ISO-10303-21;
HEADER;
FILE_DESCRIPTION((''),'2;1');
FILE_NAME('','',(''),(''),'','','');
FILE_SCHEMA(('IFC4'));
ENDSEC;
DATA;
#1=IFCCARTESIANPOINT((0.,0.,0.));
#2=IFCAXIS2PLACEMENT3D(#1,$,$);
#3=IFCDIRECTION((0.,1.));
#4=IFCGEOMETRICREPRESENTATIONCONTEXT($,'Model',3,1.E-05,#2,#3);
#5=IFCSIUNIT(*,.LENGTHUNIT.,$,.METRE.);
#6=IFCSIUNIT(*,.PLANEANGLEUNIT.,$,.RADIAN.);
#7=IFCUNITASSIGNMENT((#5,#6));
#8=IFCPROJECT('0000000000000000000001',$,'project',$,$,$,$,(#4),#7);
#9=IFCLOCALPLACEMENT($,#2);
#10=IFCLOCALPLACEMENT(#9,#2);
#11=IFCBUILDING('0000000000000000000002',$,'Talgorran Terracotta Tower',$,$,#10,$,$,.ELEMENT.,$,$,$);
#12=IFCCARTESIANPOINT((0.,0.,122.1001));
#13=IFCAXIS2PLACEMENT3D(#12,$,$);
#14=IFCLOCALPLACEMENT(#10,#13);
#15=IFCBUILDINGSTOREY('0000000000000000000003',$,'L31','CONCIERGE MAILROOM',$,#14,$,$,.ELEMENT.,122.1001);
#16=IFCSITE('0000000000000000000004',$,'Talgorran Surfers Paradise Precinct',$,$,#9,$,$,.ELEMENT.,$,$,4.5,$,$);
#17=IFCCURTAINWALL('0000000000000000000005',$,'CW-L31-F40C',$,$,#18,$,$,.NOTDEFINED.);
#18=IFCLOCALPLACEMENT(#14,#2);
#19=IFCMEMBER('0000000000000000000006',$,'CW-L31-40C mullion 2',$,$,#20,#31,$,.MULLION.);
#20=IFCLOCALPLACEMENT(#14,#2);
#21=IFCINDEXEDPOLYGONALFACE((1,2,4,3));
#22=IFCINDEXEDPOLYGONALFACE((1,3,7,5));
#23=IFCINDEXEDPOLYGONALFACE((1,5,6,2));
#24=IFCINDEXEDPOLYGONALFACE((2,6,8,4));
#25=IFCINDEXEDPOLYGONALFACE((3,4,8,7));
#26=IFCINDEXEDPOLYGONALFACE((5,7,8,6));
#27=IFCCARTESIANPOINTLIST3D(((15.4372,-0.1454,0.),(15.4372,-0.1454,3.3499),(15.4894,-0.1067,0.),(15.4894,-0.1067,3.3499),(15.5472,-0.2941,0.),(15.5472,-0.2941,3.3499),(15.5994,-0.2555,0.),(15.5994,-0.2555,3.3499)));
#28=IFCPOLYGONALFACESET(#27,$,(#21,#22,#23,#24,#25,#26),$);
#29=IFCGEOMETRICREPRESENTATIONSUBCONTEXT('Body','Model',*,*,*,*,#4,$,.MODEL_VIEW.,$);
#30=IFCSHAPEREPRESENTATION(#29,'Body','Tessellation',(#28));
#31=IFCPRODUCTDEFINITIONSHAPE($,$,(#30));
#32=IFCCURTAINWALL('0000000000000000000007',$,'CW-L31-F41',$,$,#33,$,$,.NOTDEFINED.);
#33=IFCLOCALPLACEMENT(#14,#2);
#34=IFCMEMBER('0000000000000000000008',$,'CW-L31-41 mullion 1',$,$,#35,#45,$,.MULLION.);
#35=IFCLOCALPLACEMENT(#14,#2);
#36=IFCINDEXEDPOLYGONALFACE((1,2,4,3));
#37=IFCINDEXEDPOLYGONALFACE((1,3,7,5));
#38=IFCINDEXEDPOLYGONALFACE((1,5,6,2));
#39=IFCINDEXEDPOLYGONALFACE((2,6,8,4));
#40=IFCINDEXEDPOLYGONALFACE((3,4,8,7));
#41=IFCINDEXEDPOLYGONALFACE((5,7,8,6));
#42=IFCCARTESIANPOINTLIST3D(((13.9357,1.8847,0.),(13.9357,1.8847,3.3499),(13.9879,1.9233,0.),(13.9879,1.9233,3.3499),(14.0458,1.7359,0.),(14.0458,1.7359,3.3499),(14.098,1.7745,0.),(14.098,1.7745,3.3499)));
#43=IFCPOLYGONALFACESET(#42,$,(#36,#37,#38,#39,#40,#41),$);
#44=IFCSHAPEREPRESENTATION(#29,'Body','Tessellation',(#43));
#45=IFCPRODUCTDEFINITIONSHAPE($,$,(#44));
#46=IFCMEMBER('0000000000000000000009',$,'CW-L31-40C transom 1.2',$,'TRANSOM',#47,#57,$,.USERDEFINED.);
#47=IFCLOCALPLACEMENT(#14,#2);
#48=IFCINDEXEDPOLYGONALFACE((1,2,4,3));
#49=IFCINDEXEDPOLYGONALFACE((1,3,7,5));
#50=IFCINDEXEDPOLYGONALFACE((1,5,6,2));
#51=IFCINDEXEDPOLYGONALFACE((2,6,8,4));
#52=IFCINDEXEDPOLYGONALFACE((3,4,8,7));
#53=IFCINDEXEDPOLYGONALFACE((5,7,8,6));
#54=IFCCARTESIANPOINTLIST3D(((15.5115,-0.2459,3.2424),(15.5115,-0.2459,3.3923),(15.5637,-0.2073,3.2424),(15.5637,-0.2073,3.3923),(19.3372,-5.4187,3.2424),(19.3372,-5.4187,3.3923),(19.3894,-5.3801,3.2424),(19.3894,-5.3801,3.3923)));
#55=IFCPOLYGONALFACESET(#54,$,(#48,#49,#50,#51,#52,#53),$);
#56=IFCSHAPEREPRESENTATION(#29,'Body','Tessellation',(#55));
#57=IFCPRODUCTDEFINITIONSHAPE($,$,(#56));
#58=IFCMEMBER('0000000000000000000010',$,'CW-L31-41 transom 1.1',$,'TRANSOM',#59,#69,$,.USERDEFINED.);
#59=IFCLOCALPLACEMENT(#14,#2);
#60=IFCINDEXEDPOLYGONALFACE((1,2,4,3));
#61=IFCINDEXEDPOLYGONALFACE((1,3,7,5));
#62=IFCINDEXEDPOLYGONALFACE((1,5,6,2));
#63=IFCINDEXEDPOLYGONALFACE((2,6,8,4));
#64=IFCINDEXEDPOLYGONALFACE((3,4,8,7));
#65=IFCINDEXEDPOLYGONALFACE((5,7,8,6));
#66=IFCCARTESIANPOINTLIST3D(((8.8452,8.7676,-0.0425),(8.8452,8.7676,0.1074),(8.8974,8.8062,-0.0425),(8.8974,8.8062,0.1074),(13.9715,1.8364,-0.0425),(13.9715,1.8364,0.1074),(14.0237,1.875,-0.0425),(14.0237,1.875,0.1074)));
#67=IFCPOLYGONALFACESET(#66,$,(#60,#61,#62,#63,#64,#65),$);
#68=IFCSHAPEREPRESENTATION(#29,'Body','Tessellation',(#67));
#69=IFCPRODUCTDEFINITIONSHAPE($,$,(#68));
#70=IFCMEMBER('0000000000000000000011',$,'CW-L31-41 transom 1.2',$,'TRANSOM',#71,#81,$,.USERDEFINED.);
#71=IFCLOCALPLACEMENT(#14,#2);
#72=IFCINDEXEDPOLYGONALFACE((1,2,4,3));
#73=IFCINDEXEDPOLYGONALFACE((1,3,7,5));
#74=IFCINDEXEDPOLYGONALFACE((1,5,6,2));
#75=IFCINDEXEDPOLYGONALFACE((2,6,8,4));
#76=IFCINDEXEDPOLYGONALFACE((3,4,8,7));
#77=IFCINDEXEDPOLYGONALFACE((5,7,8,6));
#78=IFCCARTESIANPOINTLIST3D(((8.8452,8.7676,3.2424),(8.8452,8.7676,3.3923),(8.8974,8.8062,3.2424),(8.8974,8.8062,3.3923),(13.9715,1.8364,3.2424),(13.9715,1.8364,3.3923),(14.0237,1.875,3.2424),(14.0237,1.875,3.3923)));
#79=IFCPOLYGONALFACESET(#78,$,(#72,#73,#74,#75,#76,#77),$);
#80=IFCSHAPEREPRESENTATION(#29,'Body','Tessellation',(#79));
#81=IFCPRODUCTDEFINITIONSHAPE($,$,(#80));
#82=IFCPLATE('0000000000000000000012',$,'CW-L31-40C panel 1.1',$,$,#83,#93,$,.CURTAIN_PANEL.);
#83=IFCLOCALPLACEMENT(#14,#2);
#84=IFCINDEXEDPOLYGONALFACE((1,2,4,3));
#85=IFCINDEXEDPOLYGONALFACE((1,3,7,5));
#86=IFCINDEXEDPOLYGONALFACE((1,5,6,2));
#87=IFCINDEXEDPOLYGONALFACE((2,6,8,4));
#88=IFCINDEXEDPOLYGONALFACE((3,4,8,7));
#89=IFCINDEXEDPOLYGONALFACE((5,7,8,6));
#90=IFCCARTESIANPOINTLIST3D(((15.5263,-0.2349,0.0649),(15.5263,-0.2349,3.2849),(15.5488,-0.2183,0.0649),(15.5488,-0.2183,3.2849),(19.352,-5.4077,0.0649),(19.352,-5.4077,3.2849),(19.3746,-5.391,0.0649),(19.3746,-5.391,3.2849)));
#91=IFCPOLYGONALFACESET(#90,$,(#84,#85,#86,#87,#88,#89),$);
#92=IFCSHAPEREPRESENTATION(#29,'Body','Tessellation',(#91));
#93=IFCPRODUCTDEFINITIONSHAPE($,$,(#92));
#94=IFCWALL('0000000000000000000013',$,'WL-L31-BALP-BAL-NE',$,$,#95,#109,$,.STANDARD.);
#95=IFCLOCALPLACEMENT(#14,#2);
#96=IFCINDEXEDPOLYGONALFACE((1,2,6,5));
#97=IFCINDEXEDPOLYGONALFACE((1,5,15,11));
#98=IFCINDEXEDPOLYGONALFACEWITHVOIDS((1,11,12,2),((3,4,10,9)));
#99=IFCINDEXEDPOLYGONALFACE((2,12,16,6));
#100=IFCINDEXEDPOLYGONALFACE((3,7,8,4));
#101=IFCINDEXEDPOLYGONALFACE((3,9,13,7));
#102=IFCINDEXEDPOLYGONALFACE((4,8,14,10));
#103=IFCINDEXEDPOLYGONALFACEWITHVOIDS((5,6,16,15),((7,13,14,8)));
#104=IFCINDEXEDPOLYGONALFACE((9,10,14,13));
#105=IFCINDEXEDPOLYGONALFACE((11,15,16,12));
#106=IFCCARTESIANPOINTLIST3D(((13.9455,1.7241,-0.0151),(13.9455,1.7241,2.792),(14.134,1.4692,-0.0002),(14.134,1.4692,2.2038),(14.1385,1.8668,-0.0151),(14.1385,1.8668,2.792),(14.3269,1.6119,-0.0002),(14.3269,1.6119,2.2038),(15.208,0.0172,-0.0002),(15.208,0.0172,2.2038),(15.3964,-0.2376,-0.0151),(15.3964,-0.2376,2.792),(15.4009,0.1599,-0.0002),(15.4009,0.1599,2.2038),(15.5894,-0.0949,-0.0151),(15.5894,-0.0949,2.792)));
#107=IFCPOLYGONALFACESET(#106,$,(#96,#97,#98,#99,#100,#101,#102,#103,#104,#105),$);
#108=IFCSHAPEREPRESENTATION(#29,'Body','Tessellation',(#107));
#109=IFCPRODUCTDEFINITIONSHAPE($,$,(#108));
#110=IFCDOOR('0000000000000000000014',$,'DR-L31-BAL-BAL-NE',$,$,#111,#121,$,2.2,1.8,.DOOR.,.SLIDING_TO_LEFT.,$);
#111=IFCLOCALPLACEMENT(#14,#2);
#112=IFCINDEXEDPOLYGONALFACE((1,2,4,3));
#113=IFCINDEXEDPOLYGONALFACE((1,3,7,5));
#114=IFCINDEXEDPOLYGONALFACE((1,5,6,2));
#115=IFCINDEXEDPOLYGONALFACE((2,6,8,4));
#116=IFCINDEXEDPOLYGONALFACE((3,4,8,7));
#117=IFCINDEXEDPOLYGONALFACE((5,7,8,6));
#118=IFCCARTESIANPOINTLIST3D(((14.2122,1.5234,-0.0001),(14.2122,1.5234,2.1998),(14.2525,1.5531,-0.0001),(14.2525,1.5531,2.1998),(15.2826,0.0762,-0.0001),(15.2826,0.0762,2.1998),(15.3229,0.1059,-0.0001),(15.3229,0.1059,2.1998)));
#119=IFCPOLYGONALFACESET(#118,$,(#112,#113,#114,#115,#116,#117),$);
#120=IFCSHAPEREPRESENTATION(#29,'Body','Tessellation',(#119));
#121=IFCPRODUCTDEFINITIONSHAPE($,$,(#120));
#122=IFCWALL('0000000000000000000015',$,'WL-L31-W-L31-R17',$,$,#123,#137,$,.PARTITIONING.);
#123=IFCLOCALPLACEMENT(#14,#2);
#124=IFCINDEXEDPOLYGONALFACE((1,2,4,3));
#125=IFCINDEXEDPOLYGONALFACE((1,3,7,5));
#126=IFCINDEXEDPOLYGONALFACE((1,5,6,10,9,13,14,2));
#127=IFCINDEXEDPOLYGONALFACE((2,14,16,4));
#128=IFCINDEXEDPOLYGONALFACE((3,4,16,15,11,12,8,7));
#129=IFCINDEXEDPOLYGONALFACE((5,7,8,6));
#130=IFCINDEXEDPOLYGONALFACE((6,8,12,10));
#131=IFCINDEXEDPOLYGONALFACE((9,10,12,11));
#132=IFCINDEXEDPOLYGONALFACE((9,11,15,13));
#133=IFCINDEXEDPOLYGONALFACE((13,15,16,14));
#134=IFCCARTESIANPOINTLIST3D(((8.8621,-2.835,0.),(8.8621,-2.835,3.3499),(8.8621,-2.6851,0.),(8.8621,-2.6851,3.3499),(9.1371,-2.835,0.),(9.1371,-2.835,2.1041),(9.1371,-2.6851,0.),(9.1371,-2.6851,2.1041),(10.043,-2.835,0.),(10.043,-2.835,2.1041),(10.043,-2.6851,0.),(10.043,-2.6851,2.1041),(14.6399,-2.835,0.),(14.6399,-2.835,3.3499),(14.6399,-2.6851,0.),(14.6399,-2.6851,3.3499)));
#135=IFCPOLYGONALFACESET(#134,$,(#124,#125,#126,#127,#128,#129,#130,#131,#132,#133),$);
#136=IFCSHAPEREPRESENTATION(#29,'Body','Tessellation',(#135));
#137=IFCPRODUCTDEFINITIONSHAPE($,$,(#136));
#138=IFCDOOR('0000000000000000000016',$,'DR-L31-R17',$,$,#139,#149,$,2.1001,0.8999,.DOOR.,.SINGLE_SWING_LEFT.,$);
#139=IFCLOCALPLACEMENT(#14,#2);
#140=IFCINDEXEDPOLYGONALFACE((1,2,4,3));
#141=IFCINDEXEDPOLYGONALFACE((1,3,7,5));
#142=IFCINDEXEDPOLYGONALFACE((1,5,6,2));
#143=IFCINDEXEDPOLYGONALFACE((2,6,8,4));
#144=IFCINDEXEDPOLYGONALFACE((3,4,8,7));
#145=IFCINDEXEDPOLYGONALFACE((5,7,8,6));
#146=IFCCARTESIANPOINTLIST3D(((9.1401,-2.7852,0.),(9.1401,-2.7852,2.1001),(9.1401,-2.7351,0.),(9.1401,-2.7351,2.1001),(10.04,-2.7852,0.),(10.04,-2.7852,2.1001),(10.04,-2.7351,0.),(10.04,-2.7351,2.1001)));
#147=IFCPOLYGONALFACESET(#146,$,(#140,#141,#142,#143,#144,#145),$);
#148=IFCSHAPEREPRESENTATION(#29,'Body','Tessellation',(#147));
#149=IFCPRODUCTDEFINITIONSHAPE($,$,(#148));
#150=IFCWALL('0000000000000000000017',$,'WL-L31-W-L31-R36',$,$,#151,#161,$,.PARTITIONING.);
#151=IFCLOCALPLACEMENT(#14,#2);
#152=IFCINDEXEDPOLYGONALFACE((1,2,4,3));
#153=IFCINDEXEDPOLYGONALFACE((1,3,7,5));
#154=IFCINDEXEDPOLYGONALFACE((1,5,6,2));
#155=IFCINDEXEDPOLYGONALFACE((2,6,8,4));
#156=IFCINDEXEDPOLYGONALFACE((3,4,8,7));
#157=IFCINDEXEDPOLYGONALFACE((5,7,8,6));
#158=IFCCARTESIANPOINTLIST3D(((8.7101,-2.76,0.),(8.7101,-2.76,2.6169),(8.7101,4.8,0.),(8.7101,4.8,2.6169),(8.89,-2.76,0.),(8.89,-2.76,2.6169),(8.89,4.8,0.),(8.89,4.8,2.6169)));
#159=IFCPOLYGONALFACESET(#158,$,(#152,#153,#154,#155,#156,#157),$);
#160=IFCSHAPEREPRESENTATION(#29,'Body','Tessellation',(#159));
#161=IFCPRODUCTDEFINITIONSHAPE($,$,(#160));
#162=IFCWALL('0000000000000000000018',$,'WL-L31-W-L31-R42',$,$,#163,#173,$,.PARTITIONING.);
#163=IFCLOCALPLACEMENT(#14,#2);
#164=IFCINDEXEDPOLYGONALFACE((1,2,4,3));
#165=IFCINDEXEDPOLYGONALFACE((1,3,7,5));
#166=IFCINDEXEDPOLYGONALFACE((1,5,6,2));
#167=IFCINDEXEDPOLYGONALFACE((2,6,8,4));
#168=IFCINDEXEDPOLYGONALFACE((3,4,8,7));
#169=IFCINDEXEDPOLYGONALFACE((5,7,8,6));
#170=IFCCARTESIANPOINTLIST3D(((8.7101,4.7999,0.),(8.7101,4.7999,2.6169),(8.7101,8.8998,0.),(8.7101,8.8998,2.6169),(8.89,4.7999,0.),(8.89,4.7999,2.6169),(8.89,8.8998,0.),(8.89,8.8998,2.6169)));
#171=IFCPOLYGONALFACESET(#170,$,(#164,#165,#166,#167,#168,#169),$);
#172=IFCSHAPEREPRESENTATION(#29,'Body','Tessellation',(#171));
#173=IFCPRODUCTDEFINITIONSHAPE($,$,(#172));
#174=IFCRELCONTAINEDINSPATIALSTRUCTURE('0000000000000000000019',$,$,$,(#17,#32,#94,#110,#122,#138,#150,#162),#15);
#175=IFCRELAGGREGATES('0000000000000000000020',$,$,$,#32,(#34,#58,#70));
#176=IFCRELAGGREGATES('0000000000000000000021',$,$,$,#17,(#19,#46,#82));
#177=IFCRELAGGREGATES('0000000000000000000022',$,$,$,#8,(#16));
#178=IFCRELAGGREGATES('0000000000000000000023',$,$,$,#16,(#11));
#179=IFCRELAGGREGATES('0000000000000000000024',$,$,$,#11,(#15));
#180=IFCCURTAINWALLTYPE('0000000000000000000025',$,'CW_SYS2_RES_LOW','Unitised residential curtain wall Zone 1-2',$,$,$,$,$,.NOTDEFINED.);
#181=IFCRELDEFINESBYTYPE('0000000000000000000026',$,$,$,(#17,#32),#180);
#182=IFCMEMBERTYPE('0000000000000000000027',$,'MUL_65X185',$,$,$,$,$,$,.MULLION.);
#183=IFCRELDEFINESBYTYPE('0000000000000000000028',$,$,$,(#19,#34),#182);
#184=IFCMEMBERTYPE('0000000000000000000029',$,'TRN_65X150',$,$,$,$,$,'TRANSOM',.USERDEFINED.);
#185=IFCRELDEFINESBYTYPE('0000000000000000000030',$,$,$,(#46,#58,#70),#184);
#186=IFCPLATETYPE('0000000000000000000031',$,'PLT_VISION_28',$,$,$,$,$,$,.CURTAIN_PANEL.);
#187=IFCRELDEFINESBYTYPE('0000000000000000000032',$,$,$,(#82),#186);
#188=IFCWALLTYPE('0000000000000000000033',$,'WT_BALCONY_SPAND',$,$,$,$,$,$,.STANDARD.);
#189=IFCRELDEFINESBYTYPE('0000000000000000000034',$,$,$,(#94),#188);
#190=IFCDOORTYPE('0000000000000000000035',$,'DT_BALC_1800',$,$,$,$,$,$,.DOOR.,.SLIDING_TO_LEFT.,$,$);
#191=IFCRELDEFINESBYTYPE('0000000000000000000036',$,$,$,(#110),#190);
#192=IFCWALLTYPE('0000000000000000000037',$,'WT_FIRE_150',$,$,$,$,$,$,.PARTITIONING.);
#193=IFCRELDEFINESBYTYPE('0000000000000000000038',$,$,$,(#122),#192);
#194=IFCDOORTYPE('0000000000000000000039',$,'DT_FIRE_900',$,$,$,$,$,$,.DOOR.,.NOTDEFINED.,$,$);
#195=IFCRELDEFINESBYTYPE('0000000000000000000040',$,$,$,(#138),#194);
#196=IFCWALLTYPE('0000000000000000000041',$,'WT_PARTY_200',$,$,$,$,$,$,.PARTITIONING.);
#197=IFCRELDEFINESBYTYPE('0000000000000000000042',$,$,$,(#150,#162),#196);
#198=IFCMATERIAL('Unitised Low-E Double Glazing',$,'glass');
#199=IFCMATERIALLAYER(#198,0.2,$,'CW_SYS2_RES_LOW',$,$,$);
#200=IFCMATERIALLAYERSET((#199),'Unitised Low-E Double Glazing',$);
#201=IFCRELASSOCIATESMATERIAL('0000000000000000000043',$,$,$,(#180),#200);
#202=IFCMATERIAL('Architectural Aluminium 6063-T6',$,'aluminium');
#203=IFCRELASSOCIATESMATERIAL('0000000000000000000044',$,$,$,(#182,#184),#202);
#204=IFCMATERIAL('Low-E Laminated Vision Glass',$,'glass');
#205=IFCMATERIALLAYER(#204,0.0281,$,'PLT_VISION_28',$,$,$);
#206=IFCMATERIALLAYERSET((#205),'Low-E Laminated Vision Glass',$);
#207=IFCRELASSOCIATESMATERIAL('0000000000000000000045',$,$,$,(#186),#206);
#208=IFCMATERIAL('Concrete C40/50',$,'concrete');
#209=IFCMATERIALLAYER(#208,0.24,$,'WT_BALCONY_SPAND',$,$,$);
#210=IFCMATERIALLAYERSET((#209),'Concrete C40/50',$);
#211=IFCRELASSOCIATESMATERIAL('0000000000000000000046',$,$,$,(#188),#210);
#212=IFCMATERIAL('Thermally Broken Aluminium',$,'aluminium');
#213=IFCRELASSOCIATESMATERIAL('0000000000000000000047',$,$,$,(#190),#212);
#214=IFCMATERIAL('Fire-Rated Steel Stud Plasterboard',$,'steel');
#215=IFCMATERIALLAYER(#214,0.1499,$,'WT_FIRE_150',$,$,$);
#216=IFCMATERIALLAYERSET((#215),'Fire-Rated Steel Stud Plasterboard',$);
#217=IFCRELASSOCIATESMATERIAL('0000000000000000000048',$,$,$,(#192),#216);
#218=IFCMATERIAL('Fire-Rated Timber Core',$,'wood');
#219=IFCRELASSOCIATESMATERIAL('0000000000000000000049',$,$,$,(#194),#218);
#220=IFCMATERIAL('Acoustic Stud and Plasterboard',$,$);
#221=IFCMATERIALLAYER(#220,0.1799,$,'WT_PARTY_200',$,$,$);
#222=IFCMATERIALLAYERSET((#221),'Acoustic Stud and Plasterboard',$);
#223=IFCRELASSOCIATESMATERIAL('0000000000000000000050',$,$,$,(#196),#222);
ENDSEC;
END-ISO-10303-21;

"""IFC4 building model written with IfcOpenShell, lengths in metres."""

from ifc_helpers import new_model, si_unit, direction, frame, frame_2d, origin, origin_2d, place, context, subcontext, project, spatial, rectangle, extrude, source, transform, mapped, material, layer, layer_set, material_profile, profile_set, type_object, type_shapes, element, fill, aggregate, save


model = new_model("IFC4")

# Units and contexts
model_context = context("Model", 3, precision=1e-05, world=origin(), true_north=direction((0.0, 1.0)))
body_context = subcontext(model_context, "Body", "Model", "MODEL_VIEW")
ifc_project = project(units=[si_unit("LENGTHUNIT", "METRE"), si_unit("PLANEANGLEUNIT", "RADIAN")], contexts=[model_context])

# Site, building, storey
site_placement = place(None, origin())
site = spatial("IfcSite", under=ifc_project, at=site_placement, Name="Talgorran Surfers Paradise Precinct", CompositionType="ELEMENT", RefElevation=4.5)
building_placement = place(site_placement, origin())
building = spatial("IfcBuilding", under=site, at=building_placement, Name="Talgorran Terracotta Tower", CompositionType="ELEMENT")
storey_placement = place(building_placement, frame((0.0, 0.0, 122.1001)))
storey = spatial("IfcBuildingStorey", under=building, at=storey_placement, Name="L31", Description="CONCIERGE MAILROOM", CompositionType="ELEMENT", Elevation=122.1001)

# Curtain walls, members
ifc_material_1 = material(Name="Unitised Low-E Double Glazing", Category="glass")
ifc_layer_1 = layer(ifc_material_1, 0.2, Name="CW_SYS2_RES_LOW")
ifc_layer_set_1 = layer_set([ifc_layer_1], Name="Unitised Low-E Double Glazing")
curtain_wall_type = type_object("IfcCurtainWallType", Name="CW_SYS2_RES_LOW", Description="Unitised residential curtain wall Zone 1-2", PredefinedType="NOTDEFINED", material=ifc_layer_set_1)
curtain_wall_1_placement = place(storey_placement, origin())
curtain_wall_1 = element("IfcCurtainWall", 1, at=curtain_wall_1_placement, inside=storey, type_object=curtain_wall_type, Name="CW-L31-F40C", PredefinedType="NOTDEFINED")
ifc_material_2 = material(Name="Architectural Aluminium 6063-T6", Category="aluminium")
ifc_material_profile_1 = material_profile(ifc_material_2, rectangle(XDim=0.0649, YDim=0.1851, at=origin_2d()), Name="CWM65X185")
ifc_profile_set_1 = profile_set([ifc_material_profile_1], Name="Architectural Aluminium 6063-T6")
member_type_1 = type_object("IfcMemberType", Name="MUL_65X185", PredefinedType="MULLION", material=ifc_profile_set_1)
member_1_placement = place(storey_placement, frame((15.5183, -0.2004, 0.0), z_axis=(0.0, 0.0, 1.0), x_axis=(-0.803995, -0.594636, 0.0)))
member_1 = element("IfcMember", 2, at=member_1_placement, type_object=member_type_1, Name="CW-L31-40C mullion 2", PredefinedType="MULLION", context=body_context, shape_type="SweptSolid", body=[
    extrude(rectangle(XDim=0.0649, YDim=0.1851, at=origin_2d()), origin(), (0.0, 0.0, 1.0), 3.3499),
])
curtain_wall_2_placement = place(storey_placement, origin())
curtain_wall_2 = element("IfcCurtainWall", 3, at=curtain_wall_2_placement, inside=storey, type_object=curtain_wall_type, Name="CW-L31-F41", PredefinedType="NOTDEFINED")
member_2_placement = place(storey_placement, frame((14.0168, 1.8296, 0.0), z_axis=(0.0, 0.0, 1.0), x_axis=(-0.803997, -0.594633, 0.0)))
member_2 = element("IfcMember", 4, at=member_2_placement, type_object=member_type_1, Name="CW-L31-41 mullion 1", PredefinedType="MULLION", context=body_context, shape_type="SweptSolid", body=[
    extrude(rectangle(XDim=0.0649, YDim=0.1851, at=origin_2d()), origin(), (0.0, 0.0, 1.0), 3.3499),
])

# Members
ifc_material_profile_2 = material_profile(ifc_material_2, rectangle(XDim=0.0649, YDim=0.1499, at=origin_2d()), Name="CWT65X150")
ifc_profile_set_2 = profile_set([ifc_material_profile_2], Name="Architectural Aluminium 6063-T6")
member_type_2 = type_object("IfcMemberType", Name="TRN_65X150", ElementType="TRANSOM", PredefinedType="USERDEFINED", material=ifc_profile_set_2)
member_3_placement = place(storey_placement, frame((19.3633, -5.3994, 3.3174), z_axis=(-0.594619, 0.804007, 0.0), x_axis=(-0.804007, -0.594619, 0.0)))
member_3 = element("IfcMember", 5, at=member_3_placement, type_object=member_type_2, Name="CW-L31-40C transom 1.2", ObjectType="TRANSOM", PredefinedType="USERDEFINED", context=body_context, shape_type="SweptSolid", body=[
    extrude(rectangle(XDim=0.0649, YDim=0.1499, at=origin_2d()), origin(), (0.0, 0.0, 1.0), 6.4338),
])
member_4_placement = place(storey_placement, frame((13.9976, 1.8557, 0.0325), z_axis=(-0.594631, 0.803999, 0.0), x_axis=(-0.803999, -0.594631, 0.0)))
member_4 = element("IfcMember", 6, at=member_4_placement, type_object=member_type_2, Name="CW-L31-41 transom 1.1", ObjectType="TRANSOM", PredefinedType="USERDEFINED", context=body_context, shape_type="SweptSolid", body=[
    extrude(rectangle(XDim=0.0649, YDim=0.1499, at=origin_2d()), origin(), (0.0, 0.0, 1.0), 8.6208),
])
member_5_placement = place(storey_placement, frame((13.9976, 1.8557, 3.3174), z_axis=(-0.594631, 0.803999, 0.0), x_axis=(-0.803999, -0.594631, 0.0)))
member_5 = element("IfcMember", 7, at=member_5_placement, type_object=member_type_2, Name="CW-L31-41 transom 1.2", ObjectType="TRANSOM", PredefinedType="USERDEFINED", context=body_context, shape_type="SweptSolid", body=[
    extrude(rectangle(XDim=0.0649, YDim=0.1499, at=origin_2d()), origin(), (0.0, 0.0, 1.0), 8.6208),
])
aggregate(curtain_wall_2, [member_2, member_4, member_5])

# Plate
ifc_material_3 = material(Name="Low-E Laminated Vision Glass", Category="glass")
ifc_layer_2 = layer(ifc_material_3, 0.0281, Name="PLT_VISION_28")
ifc_layer_set_2 = layer_set([ifc_layer_2], Name="Low-E Laminated Vision Glass")
plate_type = type_object("IfcPlateType", Name="PLT_VISION_28", PredefinedType="CURTAIN_PANEL", material=ifc_layer_set_2)
shared_shape = source(origin(), body_context, "Body", "SweptSolid", [
    extrude(rectangle(XDim=6.4338, YDim=0.0281, at=origin_2d()), origin(), (0.0, 0.0, 1.0), 3.22),
])
type_shapes(plate_type, [shared_shape])
plate_placement = place(storey_placement, frame((17.4504, -2.813, 0.0649), z_axis=(0.0, 0.0, 1.0), x_axis=(-0.594636, 0.803995, 0.0)))
plate = element("IfcPlate", 8, at=plate_placement, type_object=plate_type, Name="CW-L31-40C panel 1.1", PredefinedType="CURTAIN_PANEL", context=body_context, shape_type="MappedRepresentation", body=[
    mapped(shared_shape, transform((0.0, 0.0, 0.0), scale=1.0)),
])
aggregate(curtain_wall_1, [member_1, member_3, plate])

# Walls, openings, doors
ifc_material_4 = material(Name="Concrete C40/50", Category="concrete")
ifc_layer_3 = layer(ifc_material_4, 0.24, Name="WT_BALCONY_SPAND")
ifc_layer_set_3 = layer_set([ifc_layer_3], Name="Concrete C40/50")
wall_type_1 = type_object("IfcWallType", Name="WT_BALCONY_SPAND", PredefinedType="STANDARD", material=ifc_layer_set_3)
wall_1_placement = place(storey_placement, frame((15.4929, -0.1663, -0.0151), z_axis=(0.0, 0.0, 1.0), x_axis=(-0.594655, 0.803981, 0.0)))
wall_1 = element("IfcWall", 9, at=wall_1_placement, inside=storey, type_object=wall_type_1, Name="WL-L31-BALP-BAL-NE", PredefinedType="STANDARD", context=body_context, shape_type="SweptSolid", body=[
    extrude(rectangle(XDim=2.4399, YDim=0.24, at=frame_2d((1.22, 0.0))), origin(), (0.0, 0.0, 1.0), 2.8071),
])
opening_1_placement = place(wall_1_placement, frame((0.3201, 0.0, 0.0149)))
opening_1 = element("IfcOpeningElement", 10, at=opening_1_placement, cuts=wall_1, PredefinedType="OPENING", context=body_context, shape_type="SweptSolid", body=[
    extrude(rectangle(XDim=1.806, YDim=2.204, at=frame_2d((0.8999, 1.1021))), frame((0.0, 0.1299, 0.0), z_axis=(0.0, -1.0, 0.0), x_axis=(1.0, 0.0, 0.0)), (0.0, 0.0, 1.0), 0.26),
])
ifc_material_5 = material(Name="Thermally Broken Aluminium", Category="aluminium")
door_type_1 = type_object("IfcDoorType", Name="DT_BALC_1800", OperationType="SLIDING_TO_LEFT", PredefinedType="DOOR", material=ifc_material_5)
door_1_placement = place(opening_1_placement, origin())
door_1 = element("IfcDoor", 11, at=door_1_placement, inside=storey, type_object=door_type_1, Name="DR-L31-BAL-BAL-NE", OperationType="SLIDING_TO_LEFT", OverallHeight=2.2, OverallWidth=1.8, PredefinedType="DOOR", context=body_context, shape_type="SweptSolid", body=[
    extrude(rectangle(XDim=1.8, YDim=2.2, at=frame_2d((0.8999, 1.1001))), frame((0.0, 0.0249, 0.0), z_axis=(0.0, -1.0, 0.0), x_axis=(1.0, 0.0, 0.0)), (0.0, 0.0, 1.0), 0.05),
])
fill(opening_1, door_1)
ifc_material_6 = material(Name="Fire-Rated Steel Stud Plasterboard", Category="steel")
ifc_layer_4 = layer(ifc_material_6, 0.1499, Name="WT_FIRE_150")
ifc_layer_set_4 = layer_set([ifc_layer_4], Name="Fire-Rated Steel Stud Plasterboard")
wall_type_2 = type_object("IfcWallType", Name="WT_FIRE_150", PredefinedType="PARTITIONING", material=ifc_layer_set_4)
wall_2_placement = place(storey_placement, frame((8.8621, -2.76, 0.0), z_axis=(0.0, 0.0, 1.0), x_axis=(1.0, 0.0, 0.0)))
wall_2 = element("IfcWall", 12, at=wall_2_placement, inside=storey, type_object=wall_type_2, Name="WL-L31-W-L31-R17", PredefinedType="PARTITIONING", context=body_context, shape_type="SweptSolid", body=[
    extrude(rectangle(XDim=5.7778, YDim=0.1499, at=frame_2d((2.8889, 0.0))), origin(), (0.0, 0.0, 1.0), 3.3499),
])
opening_2_placement = place(wall_2_placement, frame((0.2781, 0.0, 0.0)))
opening_2 = element("IfcOpeningElement", 13, at=opening_2_placement, cuts=wall_2, PredefinedType="OPENING", context=body_context, shape_type="SweptSolid", body=[
    extrude(rectangle(XDim=0.9059, YDim=2.1041, at=frame_2d((0.45, 1.052))), frame((0.0, 0.085, 0.0), z_axis=(0.0, -1.0, 0.0), x_axis=(1.0, 0.0, 0.0)), (0.0, 0.0, 1.0), 0.1699),
])
ifc_material_7 = material(Name="Fire-Rated Timber Core", Category="wood")
door_type_2 = type_object("IfcDoorType", Name="DT_FIRE_900", OperationType="NOTDEFINED", PredefinedType="DOOR", material=ifc_material_7)
door_2_placement = place(opening_2_placement, origin())
door_2 = element("IfcDoor", 14, at=door_2_placement, inside=storey, type_object=door_type_2, Name="DR-L31-R17", OperationType="SINGLE_SWING_LEFT", OverallHeight=2.1001, OverallWidth=0.8999, PredefinedType="DOOR", context=body_context, shape_type="SweptSolid", body=[
    extrude(rectangle(XDim=0.8999, YDim=2.1001, at=frame_2d((0.45, 1.05))), frame((0.0, 0.0249, 0.0), z_axis=(0.0, -1.0, 0.0), x_axis=(1.0, 0.0, 0.0)), (0.0, 0.0, 1.0), 0.05),
])
fill(opening_2, door_2)

# Walls
ifc_material_8 = material(Name="Acoustic Stud and Plasterboard")
ifc_layer_5 = layer(ifc_material_8, 0.1799, Name="WT_PARTY_200")
ifc_layer_set_5 = layer_set([ifc_layer_5], Name="Acoustic Stud and Plasterboard")
wall_type_3 = type_object("IfcWallType", Name="WT_PARTY_200", PredefinedType="PARTITIONING", material=ifc_layer_set_5)
wall_3_placement = place(storey_placement, frame((8.8, -2.76, 0.0), z_axis=(0.0, 0.0, 1.0), x_axis=(0.0, 1.0, 0.0)))
element("IfcWall", 15, at=wall_3_placement, inside=storey, type_object=wall_type_3, Name="WL-L31-W-L31-R36", PredefinedType="PARTITIONING", context=body_context, shape_type="SweptSolid", body=[
    extrude(rectangle(XDim=7.5601, YDim=0.1799, at=frame_2d((3.78, 0.0))), origin(), (0.0, 0.0, 1.0), 2.6169),
])
wall_4_placement = place(storey_placement, frame((8.8, 4.8, 0.0), z_axis=(0.0, 0.0, 1.0), x_axis=(0.0, 1.0, 0.0)))
element("IfcWall", 16, at=wall_4_placement, inside=storey, type_object=wall_type_3, Name="WL-L31-W-L31-R42", PredefinedType="PARTITIONING", context=body_context, shape_type="SweptSolid", body=[
    extrude(rectangle(XDim=4.0999, YDim=0.1799, at=frame_2d((2.0498, 0.0))), origin(), (0.0, 0.0, 1.0), 2.6169),
])

save(model, "model.ifc")
